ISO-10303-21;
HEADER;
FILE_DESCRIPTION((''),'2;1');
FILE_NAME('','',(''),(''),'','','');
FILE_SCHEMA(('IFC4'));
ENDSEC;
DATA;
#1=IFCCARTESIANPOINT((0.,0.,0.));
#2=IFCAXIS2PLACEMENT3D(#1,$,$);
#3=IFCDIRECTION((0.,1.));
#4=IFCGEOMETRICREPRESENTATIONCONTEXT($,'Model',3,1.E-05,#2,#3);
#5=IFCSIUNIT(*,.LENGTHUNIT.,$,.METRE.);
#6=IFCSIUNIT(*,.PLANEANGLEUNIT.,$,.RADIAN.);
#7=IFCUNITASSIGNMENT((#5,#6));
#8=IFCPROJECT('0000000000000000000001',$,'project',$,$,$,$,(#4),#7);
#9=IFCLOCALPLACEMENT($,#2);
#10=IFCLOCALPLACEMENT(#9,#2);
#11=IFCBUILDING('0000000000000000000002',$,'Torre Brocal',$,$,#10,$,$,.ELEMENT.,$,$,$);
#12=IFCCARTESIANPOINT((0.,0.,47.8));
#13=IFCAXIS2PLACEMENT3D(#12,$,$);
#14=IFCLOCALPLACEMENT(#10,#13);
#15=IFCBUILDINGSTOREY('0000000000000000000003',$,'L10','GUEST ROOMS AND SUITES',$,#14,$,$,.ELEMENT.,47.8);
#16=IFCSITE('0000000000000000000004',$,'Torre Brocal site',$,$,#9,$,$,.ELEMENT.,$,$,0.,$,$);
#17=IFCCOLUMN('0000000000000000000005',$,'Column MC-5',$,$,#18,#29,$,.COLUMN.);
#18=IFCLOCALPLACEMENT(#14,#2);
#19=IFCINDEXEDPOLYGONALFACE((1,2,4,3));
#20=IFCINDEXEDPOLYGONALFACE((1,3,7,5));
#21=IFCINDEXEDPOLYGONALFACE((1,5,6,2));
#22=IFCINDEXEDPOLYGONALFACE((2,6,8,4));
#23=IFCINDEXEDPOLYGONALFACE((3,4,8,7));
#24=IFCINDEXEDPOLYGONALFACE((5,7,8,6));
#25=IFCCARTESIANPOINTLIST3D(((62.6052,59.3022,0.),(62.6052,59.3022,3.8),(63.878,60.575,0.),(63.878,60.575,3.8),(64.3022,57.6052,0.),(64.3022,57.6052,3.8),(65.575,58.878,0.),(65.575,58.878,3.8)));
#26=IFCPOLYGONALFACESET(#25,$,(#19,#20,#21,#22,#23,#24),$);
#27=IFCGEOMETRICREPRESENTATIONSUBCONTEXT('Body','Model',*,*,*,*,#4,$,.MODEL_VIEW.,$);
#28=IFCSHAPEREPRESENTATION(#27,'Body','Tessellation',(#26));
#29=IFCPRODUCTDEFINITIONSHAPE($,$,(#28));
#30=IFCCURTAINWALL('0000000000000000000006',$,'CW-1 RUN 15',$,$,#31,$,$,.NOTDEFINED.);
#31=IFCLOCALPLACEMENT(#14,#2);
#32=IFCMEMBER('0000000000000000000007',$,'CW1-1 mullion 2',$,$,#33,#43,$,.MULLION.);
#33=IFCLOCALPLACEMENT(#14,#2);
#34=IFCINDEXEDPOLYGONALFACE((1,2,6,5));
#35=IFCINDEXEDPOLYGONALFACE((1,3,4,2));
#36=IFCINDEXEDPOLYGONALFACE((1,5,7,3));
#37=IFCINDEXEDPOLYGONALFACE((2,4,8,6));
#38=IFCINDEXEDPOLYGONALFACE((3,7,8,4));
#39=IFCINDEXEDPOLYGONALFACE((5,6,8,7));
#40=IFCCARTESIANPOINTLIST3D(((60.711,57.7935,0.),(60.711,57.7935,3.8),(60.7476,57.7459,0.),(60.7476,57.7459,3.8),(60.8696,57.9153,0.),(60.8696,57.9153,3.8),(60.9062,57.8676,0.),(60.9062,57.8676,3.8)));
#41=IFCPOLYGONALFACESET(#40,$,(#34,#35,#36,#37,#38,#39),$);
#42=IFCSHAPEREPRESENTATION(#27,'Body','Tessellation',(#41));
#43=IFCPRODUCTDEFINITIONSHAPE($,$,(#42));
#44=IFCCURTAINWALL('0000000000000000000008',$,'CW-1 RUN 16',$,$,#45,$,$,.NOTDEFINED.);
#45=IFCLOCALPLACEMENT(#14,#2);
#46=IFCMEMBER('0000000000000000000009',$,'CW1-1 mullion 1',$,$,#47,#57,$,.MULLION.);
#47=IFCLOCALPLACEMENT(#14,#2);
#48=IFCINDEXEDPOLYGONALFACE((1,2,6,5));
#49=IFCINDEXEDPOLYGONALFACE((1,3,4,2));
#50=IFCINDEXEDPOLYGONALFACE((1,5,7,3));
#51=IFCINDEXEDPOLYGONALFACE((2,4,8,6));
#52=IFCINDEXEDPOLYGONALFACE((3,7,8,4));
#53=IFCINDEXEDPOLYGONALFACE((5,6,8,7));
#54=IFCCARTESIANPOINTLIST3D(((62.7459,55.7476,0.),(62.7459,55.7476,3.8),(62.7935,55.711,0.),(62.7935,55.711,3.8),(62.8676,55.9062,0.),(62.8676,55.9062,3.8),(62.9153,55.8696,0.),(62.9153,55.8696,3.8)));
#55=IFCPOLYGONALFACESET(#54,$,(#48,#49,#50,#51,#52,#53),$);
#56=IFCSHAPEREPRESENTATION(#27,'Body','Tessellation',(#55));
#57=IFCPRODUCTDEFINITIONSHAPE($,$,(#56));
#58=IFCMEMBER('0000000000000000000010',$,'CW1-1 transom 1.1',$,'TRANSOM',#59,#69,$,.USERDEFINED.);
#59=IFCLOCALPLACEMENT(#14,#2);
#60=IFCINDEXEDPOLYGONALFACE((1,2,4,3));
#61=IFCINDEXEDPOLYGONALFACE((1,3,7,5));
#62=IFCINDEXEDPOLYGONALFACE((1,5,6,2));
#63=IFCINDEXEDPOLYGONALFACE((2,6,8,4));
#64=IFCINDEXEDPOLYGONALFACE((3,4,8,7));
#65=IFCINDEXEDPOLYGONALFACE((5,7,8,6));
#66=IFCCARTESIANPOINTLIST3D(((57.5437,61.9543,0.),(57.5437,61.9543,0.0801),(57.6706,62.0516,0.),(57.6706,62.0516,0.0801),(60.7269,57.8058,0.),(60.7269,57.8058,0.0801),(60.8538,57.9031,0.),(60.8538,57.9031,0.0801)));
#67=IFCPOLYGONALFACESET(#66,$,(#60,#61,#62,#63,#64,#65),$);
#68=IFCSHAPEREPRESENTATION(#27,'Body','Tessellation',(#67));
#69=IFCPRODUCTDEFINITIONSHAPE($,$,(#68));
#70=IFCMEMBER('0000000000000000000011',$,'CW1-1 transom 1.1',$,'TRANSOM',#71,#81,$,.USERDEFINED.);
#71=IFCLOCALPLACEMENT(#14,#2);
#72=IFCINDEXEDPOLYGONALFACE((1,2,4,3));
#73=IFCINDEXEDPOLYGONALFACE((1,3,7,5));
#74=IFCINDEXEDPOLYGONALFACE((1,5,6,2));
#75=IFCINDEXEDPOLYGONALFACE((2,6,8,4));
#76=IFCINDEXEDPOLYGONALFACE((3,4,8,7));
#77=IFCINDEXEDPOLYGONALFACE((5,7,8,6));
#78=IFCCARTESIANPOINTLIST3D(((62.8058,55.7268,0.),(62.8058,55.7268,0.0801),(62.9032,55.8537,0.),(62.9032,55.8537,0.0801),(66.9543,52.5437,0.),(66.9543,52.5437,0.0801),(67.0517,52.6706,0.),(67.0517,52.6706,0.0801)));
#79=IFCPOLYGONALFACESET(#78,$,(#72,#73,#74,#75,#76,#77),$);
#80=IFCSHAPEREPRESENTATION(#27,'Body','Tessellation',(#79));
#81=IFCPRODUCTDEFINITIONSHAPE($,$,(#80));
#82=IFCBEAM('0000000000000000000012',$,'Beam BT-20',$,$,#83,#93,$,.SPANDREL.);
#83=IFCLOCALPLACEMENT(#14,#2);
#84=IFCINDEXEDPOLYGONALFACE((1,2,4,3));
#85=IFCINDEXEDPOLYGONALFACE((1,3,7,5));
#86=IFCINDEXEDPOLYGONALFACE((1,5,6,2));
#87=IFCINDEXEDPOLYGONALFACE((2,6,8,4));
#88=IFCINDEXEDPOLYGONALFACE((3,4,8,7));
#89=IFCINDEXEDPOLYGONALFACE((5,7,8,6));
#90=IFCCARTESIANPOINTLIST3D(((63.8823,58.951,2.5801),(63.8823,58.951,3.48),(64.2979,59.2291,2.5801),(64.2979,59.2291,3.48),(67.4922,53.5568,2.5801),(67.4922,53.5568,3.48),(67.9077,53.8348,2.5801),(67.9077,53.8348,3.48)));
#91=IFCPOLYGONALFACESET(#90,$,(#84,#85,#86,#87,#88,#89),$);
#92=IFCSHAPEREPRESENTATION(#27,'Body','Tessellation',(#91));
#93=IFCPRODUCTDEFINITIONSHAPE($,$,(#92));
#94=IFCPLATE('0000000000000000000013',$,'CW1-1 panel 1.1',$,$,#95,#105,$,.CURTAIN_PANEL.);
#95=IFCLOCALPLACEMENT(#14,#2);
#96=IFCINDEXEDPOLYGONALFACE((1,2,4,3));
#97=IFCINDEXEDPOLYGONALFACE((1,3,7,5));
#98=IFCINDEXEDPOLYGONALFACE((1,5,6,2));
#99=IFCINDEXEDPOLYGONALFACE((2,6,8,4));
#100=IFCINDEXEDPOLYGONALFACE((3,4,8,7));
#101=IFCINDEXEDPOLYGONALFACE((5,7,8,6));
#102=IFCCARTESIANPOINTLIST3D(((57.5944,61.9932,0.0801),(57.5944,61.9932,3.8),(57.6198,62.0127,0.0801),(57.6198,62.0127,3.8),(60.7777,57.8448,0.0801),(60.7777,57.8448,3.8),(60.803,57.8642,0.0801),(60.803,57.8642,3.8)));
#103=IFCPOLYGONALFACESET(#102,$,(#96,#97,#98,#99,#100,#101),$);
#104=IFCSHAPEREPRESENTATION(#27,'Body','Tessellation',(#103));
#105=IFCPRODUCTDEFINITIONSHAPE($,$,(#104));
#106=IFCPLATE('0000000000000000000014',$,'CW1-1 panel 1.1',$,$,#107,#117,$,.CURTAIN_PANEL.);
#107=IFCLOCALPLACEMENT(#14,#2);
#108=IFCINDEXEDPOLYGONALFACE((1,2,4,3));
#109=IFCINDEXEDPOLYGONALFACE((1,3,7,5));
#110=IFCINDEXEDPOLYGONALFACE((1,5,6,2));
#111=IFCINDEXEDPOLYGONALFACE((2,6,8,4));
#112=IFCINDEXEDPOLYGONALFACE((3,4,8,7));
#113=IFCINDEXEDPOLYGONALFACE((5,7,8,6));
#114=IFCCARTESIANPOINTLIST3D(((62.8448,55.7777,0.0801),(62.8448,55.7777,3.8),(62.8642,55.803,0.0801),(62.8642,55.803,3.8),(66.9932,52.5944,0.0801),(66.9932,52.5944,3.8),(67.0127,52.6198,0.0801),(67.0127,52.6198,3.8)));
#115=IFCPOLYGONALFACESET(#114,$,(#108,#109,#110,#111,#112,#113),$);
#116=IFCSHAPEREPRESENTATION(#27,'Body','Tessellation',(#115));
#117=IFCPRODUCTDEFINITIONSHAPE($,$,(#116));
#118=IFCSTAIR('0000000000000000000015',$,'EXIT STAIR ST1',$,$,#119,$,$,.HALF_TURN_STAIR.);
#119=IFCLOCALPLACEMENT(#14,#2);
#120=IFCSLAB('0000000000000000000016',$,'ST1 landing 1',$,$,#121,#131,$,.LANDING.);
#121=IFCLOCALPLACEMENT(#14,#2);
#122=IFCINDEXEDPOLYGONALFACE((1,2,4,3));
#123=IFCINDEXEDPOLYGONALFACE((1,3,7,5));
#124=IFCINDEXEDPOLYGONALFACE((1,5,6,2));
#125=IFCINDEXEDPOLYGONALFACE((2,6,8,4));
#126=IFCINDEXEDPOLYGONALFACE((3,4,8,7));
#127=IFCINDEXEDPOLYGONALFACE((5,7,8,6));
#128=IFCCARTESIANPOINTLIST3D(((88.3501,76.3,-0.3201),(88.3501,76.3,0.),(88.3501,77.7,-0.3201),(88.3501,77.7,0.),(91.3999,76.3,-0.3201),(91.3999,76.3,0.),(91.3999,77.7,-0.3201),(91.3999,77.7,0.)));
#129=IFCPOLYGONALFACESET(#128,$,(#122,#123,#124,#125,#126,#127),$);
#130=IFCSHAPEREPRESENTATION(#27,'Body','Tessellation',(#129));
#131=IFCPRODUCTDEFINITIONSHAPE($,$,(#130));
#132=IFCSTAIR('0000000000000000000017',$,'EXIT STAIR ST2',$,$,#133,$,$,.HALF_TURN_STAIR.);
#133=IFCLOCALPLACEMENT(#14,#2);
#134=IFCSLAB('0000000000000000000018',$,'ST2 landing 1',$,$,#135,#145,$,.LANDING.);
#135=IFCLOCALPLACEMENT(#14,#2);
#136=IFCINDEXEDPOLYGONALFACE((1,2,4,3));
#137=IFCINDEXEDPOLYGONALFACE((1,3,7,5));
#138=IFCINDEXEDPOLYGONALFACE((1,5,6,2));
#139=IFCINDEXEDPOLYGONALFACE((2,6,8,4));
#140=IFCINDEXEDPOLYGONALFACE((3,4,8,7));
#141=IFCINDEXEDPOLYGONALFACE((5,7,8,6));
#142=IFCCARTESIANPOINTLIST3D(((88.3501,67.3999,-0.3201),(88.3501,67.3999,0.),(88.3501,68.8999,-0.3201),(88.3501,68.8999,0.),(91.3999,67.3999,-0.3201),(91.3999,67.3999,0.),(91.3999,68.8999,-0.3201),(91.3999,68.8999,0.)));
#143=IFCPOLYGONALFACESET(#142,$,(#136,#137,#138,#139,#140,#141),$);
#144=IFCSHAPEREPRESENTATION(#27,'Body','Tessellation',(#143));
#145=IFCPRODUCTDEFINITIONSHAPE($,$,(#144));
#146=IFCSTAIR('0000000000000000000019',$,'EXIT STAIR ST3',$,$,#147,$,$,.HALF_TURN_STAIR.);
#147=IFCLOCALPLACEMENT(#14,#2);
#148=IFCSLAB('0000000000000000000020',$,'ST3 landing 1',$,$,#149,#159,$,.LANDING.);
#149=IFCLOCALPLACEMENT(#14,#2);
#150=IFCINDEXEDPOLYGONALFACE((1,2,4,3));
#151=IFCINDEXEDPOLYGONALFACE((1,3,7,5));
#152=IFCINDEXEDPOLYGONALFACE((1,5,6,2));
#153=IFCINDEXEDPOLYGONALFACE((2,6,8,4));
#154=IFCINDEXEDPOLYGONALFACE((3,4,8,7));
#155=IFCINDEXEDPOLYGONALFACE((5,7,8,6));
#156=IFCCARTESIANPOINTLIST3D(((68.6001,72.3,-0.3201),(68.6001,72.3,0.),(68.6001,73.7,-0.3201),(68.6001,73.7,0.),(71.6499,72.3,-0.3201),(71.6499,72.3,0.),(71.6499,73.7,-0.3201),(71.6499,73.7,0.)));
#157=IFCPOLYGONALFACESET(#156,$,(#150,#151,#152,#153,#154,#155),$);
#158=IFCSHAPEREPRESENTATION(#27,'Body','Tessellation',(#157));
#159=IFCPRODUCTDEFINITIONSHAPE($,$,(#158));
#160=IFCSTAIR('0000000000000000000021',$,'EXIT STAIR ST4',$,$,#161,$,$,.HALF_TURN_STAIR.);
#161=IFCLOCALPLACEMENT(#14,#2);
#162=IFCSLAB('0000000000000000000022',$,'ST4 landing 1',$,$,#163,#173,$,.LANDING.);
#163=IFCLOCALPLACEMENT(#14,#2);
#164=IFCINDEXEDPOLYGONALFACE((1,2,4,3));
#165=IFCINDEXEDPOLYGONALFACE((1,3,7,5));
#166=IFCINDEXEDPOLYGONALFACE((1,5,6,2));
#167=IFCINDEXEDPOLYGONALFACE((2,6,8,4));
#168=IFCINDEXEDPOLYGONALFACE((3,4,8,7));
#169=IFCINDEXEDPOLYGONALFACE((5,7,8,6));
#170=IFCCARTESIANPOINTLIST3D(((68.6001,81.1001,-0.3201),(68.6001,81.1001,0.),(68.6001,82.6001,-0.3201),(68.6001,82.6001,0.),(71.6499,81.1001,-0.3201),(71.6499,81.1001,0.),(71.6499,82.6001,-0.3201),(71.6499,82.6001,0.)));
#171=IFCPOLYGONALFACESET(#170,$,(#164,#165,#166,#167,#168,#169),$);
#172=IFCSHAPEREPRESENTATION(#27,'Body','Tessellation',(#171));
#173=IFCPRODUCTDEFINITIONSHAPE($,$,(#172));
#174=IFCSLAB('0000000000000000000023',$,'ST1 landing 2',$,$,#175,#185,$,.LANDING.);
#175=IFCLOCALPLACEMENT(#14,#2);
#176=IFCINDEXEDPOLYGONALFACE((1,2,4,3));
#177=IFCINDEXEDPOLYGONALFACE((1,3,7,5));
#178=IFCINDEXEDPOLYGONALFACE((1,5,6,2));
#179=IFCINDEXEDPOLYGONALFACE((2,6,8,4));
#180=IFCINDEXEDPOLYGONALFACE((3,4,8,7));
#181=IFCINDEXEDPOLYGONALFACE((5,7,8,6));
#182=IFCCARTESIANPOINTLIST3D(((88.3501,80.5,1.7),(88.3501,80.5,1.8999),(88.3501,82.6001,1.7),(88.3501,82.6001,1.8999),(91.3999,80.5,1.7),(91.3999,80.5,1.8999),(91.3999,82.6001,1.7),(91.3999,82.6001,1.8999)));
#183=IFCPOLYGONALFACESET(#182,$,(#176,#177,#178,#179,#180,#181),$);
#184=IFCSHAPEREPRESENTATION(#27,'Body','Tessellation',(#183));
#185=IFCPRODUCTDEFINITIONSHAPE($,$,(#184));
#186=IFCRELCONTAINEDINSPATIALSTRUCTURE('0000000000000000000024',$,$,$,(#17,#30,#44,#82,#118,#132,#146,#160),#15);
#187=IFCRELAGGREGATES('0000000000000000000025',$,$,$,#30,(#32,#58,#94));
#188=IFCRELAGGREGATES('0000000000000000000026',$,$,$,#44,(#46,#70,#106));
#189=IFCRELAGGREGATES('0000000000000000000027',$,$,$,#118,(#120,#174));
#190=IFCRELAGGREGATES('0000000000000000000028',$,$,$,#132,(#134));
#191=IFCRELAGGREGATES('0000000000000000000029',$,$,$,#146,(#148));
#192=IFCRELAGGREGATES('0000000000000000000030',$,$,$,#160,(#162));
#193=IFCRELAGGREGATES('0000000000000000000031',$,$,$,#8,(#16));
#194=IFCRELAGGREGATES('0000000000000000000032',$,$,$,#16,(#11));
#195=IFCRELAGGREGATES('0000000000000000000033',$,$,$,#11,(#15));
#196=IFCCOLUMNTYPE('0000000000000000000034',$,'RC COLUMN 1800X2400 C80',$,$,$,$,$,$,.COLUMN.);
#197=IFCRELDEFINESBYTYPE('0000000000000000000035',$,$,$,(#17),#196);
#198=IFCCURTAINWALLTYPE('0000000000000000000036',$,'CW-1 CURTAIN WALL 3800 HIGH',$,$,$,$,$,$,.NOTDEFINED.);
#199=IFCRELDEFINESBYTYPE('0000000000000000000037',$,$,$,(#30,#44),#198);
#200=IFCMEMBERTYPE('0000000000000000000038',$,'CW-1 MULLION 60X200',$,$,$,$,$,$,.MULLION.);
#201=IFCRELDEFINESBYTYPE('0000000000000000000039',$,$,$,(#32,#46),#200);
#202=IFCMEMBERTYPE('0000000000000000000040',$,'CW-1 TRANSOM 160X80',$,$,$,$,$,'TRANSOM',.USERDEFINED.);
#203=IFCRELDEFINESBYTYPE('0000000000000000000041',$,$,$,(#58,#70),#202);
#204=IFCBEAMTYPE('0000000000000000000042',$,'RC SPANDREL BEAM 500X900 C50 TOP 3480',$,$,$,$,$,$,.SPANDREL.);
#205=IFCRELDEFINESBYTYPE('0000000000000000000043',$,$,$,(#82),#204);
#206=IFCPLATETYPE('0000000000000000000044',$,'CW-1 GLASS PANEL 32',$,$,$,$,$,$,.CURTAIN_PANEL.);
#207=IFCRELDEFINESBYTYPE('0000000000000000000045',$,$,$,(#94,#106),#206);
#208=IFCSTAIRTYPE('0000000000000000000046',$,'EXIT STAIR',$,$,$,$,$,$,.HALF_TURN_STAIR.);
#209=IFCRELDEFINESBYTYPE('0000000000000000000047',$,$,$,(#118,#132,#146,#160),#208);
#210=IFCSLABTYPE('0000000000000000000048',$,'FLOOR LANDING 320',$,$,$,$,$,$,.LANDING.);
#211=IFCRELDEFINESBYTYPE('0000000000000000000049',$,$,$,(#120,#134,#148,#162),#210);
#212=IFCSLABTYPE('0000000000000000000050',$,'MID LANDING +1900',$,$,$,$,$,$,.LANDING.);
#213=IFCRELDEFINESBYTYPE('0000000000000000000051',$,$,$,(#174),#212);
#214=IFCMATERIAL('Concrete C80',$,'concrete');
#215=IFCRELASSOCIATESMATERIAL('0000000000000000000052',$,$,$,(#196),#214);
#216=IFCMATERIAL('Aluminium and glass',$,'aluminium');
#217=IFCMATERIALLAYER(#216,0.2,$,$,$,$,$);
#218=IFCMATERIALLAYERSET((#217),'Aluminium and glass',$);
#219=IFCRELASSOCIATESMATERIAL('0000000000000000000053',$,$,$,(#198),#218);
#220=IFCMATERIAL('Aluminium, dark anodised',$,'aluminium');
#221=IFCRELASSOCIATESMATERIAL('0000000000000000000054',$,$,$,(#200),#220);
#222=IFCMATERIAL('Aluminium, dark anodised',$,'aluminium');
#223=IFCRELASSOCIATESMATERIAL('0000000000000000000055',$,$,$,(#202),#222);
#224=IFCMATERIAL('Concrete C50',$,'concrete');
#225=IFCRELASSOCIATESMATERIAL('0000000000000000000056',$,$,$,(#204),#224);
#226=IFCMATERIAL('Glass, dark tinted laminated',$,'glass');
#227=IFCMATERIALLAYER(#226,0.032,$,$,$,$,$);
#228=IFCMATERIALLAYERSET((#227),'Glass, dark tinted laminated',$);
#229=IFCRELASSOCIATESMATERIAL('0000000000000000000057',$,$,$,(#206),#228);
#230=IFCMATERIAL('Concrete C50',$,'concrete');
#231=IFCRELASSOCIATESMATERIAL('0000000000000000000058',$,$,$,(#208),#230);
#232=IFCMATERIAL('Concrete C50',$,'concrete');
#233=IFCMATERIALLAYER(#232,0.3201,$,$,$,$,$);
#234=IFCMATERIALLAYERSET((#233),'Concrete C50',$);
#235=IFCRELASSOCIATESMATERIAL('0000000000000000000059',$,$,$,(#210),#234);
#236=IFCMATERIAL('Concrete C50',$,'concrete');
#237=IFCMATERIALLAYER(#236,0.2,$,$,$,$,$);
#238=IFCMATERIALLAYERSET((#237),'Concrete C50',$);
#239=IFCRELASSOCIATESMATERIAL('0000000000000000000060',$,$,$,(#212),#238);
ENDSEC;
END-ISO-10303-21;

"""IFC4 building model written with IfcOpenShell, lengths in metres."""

from ifc_helpers import new_model, si_unit, direction, frame, origin, origin_2d, place, context, subcontext, project, spatial, polyline, rectangle, outline, extrude, material, layer, layer_set, material_profile, profile_set, type_object, element, aggregate, save


model = new_model("IFC4")

# Units and contexts
model_context = context("Model", 3, precision=1e-05, world=origin(), true_north=direction((0.0, 1.0)))
body_context = subcontext(model_context, "Body", "Model", "MODEL_VIEW")
ifc_project = project(units=[si_unit("LENGTHUNIT", "METRE"), si_unit("PLANEANGLEUNIT", "RADIAN")], contexts=[model_context])

# Site, building, storey
site_placement = place(None, origin())
site = spatial("IfcSite", under=ifc_project, at=site_placement, Name="Torre Brocal site", CompositionType="ELEMENT", RefElevation=0.0)
building_placement = place(site_placement, origin())
building = spatial("IfcBuilding", under=site, at=building_placement, Name="Torre Brocal", CompositionType="ELEMENT")
storey_placement = place(building_placement, frame((0.0, 0.0, 47.8)))
storey = spatial("IfcBuildingStorey", under=building, at=storey_placement, Name="L10", Description="GUEST ROOMS AND SUITES", CompositionType="ELEMENT", Elevation=47.8)

# Column
ifc_material_1 = material(Name="Concrete C80", Category="concrete")
ifc_material_profile_1 = material_profile(ifc_material_1, rectangle(XDim=1.8, YDim=2.3999, at=origin_2d()), Name="RC 1800X2400")
ifc_profile_set_1 = profile_set([ifc_material_profile_1], Name="Concrete C80")
column_type = type_object("IfcColumnType", Name="RC COLUMN 1800X2400 C80", PredefinedType="COLUMN", material=ifc_profile_set_1)
column_placement = place(storey_placement, frame((64.0901, 59.0901, 0.0), z_axis=(0.0, 0.0, 1.0), x_axis=(-0.707107, -0.707107, 0.0)))
element("IfcColumn", 1, at=column_placement, inside=storey, type_object=column_type, Name="Column MC-5", PredefinedType="COLUMN", context=body_context, shape_type="SweptSolid", body=[
    extrude(rectangle(XDim=1.8, YDim=2.3999, at=origin_2d()), origin(), (0.0, 0.0, 1.0), 3.8),
])

# Curtain walls, members
ifc_material_2 = material(Name="Aluminium and glass", Category="aluminium")
ifc_layer_1 = layer(ifc_material_2, 0.2)
ifc_layer_set_1 = layer_set([ifc_layer_1], Name="Aluminium and glass")
curtain_wall_type = type_object("IfcCurtainWallType", Name="CW-1 CURTAIN WALL 3800 HIGH", PredefinedType="NOTDEFINED", material=ifc_layer_set_1)
curtain_wall_1_placement = place(storey_placement, origin())
curtain_wall_1 = element("IfcCurtainWall", 2, at=curtain_wall_1_placement, inside=storey, type_object=curtain_wall_type, Name="CW-1 RUN 15", PredefinedType="NOTDEFINED")
ifc_material_3 = material(Name="Aluminium, dark anodised", Category="aluminium")
ifc_material_profile_2 = material_profile(ifc_material_3, rectangle(XDim=0.2, YDim=0.0601, at=origin_2d()), Name="CW-1 MULLION 60X200")
ifc_profile_set_2 = profile_set([ifc_material_profile_2], Name="Aluminium, dark anodised")
member_type_1 = type_object("IfcMemberType", Name="CW-1 MULLION 60X200", PredefinedType="MULLION", material=ifc_profile_set_2)
member_1_placement = place(storey_placement, frame((60.8086, 57.8306, 0.0), z_axis=(0.0, 0.0, 1.0), x_axis=(0.793353, 0.608761, 0.0)))
member_1 = element("IfcMember", 3, at=member_1_placement, type_object=member_type_1, Name="CW1-1 mullion 2", PredefinedType="MULLION", context=body_context, shape_type="SweptSolid", body=[
    extrude(rectangle(XDim=0.2, YDim=0.0601, at=origin_2d()), origin(), (0.0, 0.0, 1.0), 3.8),
])
curtain_wall_2_placement = place(storey_placement, origin())
curtain_wall_2 = element("IfcCurtainWall", 4, at=curtain_wall_2_placement, inside=storey, type_object=curtain_wall_type, Name="CW-1 RUN 16", PredefinedType="NOTDEFINED")
member_2_placement = place(storey_placement, frame((62.8306, 55.8086, 0.0), z_axis=(0.0, 0.0, 1.0), x_axis=(0.608761, 0.793353, 0.0)))
member_2 = element("IfcMember", 5, at=member_2_placement, type_object=member_type_1, Name="CW1-1 mullion 1", PredefinedType="MULLION", context=body_context, shape_type="SweptSolid", body=[
    extrude(rectangle(XDim=0.2, YDim=0.0601, at=origin_2d()), origin(), (0.0, 0.0, 1.0), 3.8),
])

# Members
ifc_material_4 = material(Name="Aluminium, dark anodised", Category="aluminium")
ifc_material_profile_3 = material_profile(ifc_material_4, rectangle(XDim=0.1599, YDim=0.0801, at=origin_2d()), Name="CW-1 TRANSOM 160X80")
ifc_profile_set_3 = profile_set([ifc_material_profile_3], Name="Aluminium, dark anodised")
member_type_2 = type_object("IfcMemberType", Name="CW-1 TRANSOM 160X80", ElementType="TRANSOM", PredefinedType="USERDEFINED", material=ifc_profile_set_3)
member_3_placement = place(storey_placement, frame((57.6072, 62.0029, 0.04), z_axis=(0.608749, -0.793363, 0.0), x_axis=(0.793363, 0.608749, 0.0)))
member_3 = element("IfcMember", 6, at=member_3_placement, type_object=member_type_2, Name="CW1-1 transom 1.1", ObjectType="TRANSOM", PredefinedType="USERDEFINED", context=body_context, shape_type="SweptSolid", body=[
    extrude(rectangle(XDim=0.1599, YDim=0.0801, at=origin_2d()), origin(), (0.0, 0.0, 1.0), 5.229),
])
member_4_placement = place(storey_placement, frame((62.8545, 55.7903, 0.04), z_axis=(0.793363, -0.608749, 0.0), x_axis=(0.608749, 0.793363, 0.0)))
member_4 = element("IfcMember", 7, at=member_4_placement, type_object=member_type_2, Name="CW1-1 transom 1.1", ObjectType="TRANSOM", PredefinedType="USERDEFINED", context=body_context, shape_type="SweptSolid", body=[
    extrude(rectangle(XDim=0.1599, YDim=0.0801, at=origin_2d()), origin(), (0.0, 0.0, 1.0), 5.229),
])

# Beam
ifc_material_5 = material(Name="Concrete C50", Category="concrete")
ifc_material_profile_4 = material_profile(ifc_material_5, rectangle(XDim=0.5, YDim=0.8999, at=origin_2d()), Name="RC 500X900")
ifc_profile_set_4 = profile_set([ifc_material_profile_4], Name="Concrete C50")
beam_type = type_object("IfcBeamType", Name="RC SPANDREL BEAM 500X900 C50 TOP 3480", PredefinedType="SPANDREL", material=ifc_profile_set_4)
beam_placement = place(storey_placement, frame((64.0901, 59.0901, 3.03), z_axis=(0.556158, -0.831077, 0.0), x_axis=(0.831077, 0.556158, 0.0)))
element("IfcBeam", 8, at=beam_placement, inside=storey, type_object=beam_type, Name="Beam BT-20", PredefinedType="SPANDREL", context=body_context, shape_type="SweptSolid", body=[
    extrude(rectangle(XDim=0.5, YDim=0.8999, at=origin_2d()), origin(), (0.0, 0.0, 1.0), 6.4907),
])

# Plates
ifc_material_6 = material(Name="Glass, dark tinted laminated", Category="glass")
ifc_layer_2 = layer(ifc_material_6, 0.032)
ifc_layer_set_2 = layer_set([ifc_layer_2], Name="Glass, dark tinted laminated")
plate_type = type_object("IfcPlateType", Name="CW-1 GLASS PANEL 32", PredefinedType="CURTAIN_PANEL", material=ifc_layer_set_2)
plate_1_placement = place(storey_placement, frame((59.1987, 59.9287, 0.0801), z_axis=(0.0, 0.0, 1.0), x_axis=(0.608761, -0.793353, 0.0)))
plate_1 = element("IfcPlate", 9, at=plate_1_placement, type_object=plate_type, Name="CW1-1 panel 1.1", PredefinedType="CURTAIN_PANEL", context=body_context, shape_type="SweptSolid", body=[
    extrude(rectangle(XDim=5.229, YDim=0.032, at=origin_2d()), origin(), (0.0, 0.0, 1.0), 3.72),
])
aggregate(curtain_wall_1, [member_1, member_3, plate_1])
plate_2_placement = place(storey_placement, frame((64.9287, 54.1987, 0.0801), z_axis=(0.0, 0.0, 1.0), x_axis=(0.793353, -0.608761, 0.0)))
plate_2 = element("IfcPlate", 10, at=plate_2_placement, type_object=plate_type, Name="CW1-1 panel 1.1", PredefinedType="CURTAIN_PANEL", context=body_context, shape_type="SweptSolid", body=[
    extrude(rectangle(XDim=5.229, YDim=0.032, at=origin_2d()), origin(), (0.0, 0.0, 1.0), 3.72),
])
aggregate(curtain_wall_2, [member_2, member_4, plate_2])

# Stairs, slabs
ifc_material_7 = material(Name="Concrete C50", Category="concrete")
stair_type = type_object("IfcStairType", Name="EXIT STAIR", PredefinedType="HALF_TURN_STAIR", material=ifc_material_7)
stair_1_placement = place(storey_placement, origin())
stair_1 = element("IfcStair", 11, at=stair_1_placement, inside=storey, type_object=stair_type, Name="EXIT STAIR ST1", PredefinedType="HALF_TURN_STAIR")
ifc_material_8 = material(Name="Concrete C50", Category="concrete")
ifc_layer_3 = layer(ifc_material_8, 0.3201)
ifc_layer_set_3 = layer_set([ifc_layer_3], Name="Concrete C50")
slab_type_1 = type_object("IfcSlabType", Name="FLOOR LANDING 320", PredefinedType="LANDING", material=ifc_layer_set_3)
slab_1_placement = place(storey_placement, frame((0.0, 0.0, -0.3201)))
slab_1 = element("IfcSlab", 12, at=slab_1_placement, type_object=slab_type_1, Name="ST1 landing 1", PredefinedType="LANDING", context=body_context, shape_type="SweptSolid", body=[
    extrude(outline(polyline([(88.3501, 76.3), (91.3999, 76.3), (91.3999, 77.7), (88.3501, 77.7), (88.3501, 76.3)])), origin(), (0.0, 0.0, 1.0), 0.3201),
])
stair_2_placement = place(storey_placement, origin())
stair_2 = element("IfcStair", 13, at=stair_2_placement, inside=storey, type_object=stair_type, Name="EXIT STAIR ST2", PredefinedType="HALF_TURN_STAIR")
slab_2_placement = place(storey_placement, frame((0.0, 0.0, -0.3201)))
slab_2 = element("IfcSlab", 14, at=slab_2_placement, type_object=slab_type_1, Name="ST2 landing 1", PredefinedType="LANDING", context=body_context, shape_type="SweptSolid", body=[
    extrude(outline(polyline([(88.3501, 67.3999), (91.3999, 67.3999), (91.3999, 68.8999), (88.3501, 68.8999), (88.3501, 67.3999)])), origin(), (0.0, 0.0, 1.0), 0.3201),
])
stair_3_placement = place(storey_placement, origin())
stair_3 = element("IfcStair", 15, at=stair_3_placement, inside=storey, type_object=stair_type, Name="EXIT STAIR ST3", PredefinedType="HALF_TURN_STAIR")
slab_3_placement = place(storey_placement, frame((0.0, 0.0, -0.3201)))
slab_3 = element("IfcSlab", 16, at=slab_3_placement, type_object=slab_type_1, Name="ST3 landing 1", PredefinedType="LANDING", context=body_context, shape_type="SweptSolid", body=[
    extrude(outline(polyline([(71.6499, 73.7), (68.6001, 73.7), (68.6001, 72.3), (71.6499, 72.3), (71.6499, 73.7)])), origin(), (0.0, 0.0, 1.0), 0.3201),
])
stair_4_placement = place(storey_placement, origin())
stair_4 = element("IfcStair", 17, at=stair_4_placement, inside=storey, type_object=stair_type, Name="EXIT STAIR ST4", PredefinedType="HALF_TURN_STAIR")
slab_4_placement = place(storey_placement, frame((0.0, 0.0, -0.3201)))
slab_4 = element("IfcSlab", 18, at=slab_4_placement, type_object=slab_type_1, Name="ST4 landing 1", PredefinedType="LANDING", context=body_context, shape_type="SweptSolid", body=[
    extrude(outline(polyline([(71.6499, 82.6001), (68.6001, 82.6001), (68.6001, 81.1001), (71.6499, 81.1001), (71.6499, 82.6001)])), origin(), (0.0, 0.0, 1.0), 0.3201),
])

# Slab
ifc_material_9 = material(Name="Concrete C50", Category="concrete")
ifc_layer_4 = layer(ifc_material_9, 0.2)
ifc_layer_set_4 = layer_set([ifc_layer_4], Name="Concrete C50")
slab_type_2 = type_object("IfcSlabType", Name="MID LANDING +1900", PredefinedType="LANDING", material=ifc_layer_set_4)
slab_5_placement = place(storey_placement, frame((0.0, 0.0, 1.7)))
slab_5 = element("IfcSlab", 19, at=slab_5_placement, type_object=slab_type_2, Name="ST1 landing 2", PredefinedType="LANDING", context=body_context, shape_type="SweptSolid", body=[
    extrude(outline(polyline([(88.3501, 80.5), (91.3999, 80.5), (91.3999, 82.6001), (88.3501, 82.6001), (88.3501, 80.5)])), origin(), (0.0, 0.0, 1.0), 0.2),
])
aggregate(stair_1, [slab_1, slab_5])
aggregate(stair_2, [slab_2])
aggregate(stair_3, [slab_3])
aggregate(stair_4, [slab_4])

save(model, "model.ifc")
